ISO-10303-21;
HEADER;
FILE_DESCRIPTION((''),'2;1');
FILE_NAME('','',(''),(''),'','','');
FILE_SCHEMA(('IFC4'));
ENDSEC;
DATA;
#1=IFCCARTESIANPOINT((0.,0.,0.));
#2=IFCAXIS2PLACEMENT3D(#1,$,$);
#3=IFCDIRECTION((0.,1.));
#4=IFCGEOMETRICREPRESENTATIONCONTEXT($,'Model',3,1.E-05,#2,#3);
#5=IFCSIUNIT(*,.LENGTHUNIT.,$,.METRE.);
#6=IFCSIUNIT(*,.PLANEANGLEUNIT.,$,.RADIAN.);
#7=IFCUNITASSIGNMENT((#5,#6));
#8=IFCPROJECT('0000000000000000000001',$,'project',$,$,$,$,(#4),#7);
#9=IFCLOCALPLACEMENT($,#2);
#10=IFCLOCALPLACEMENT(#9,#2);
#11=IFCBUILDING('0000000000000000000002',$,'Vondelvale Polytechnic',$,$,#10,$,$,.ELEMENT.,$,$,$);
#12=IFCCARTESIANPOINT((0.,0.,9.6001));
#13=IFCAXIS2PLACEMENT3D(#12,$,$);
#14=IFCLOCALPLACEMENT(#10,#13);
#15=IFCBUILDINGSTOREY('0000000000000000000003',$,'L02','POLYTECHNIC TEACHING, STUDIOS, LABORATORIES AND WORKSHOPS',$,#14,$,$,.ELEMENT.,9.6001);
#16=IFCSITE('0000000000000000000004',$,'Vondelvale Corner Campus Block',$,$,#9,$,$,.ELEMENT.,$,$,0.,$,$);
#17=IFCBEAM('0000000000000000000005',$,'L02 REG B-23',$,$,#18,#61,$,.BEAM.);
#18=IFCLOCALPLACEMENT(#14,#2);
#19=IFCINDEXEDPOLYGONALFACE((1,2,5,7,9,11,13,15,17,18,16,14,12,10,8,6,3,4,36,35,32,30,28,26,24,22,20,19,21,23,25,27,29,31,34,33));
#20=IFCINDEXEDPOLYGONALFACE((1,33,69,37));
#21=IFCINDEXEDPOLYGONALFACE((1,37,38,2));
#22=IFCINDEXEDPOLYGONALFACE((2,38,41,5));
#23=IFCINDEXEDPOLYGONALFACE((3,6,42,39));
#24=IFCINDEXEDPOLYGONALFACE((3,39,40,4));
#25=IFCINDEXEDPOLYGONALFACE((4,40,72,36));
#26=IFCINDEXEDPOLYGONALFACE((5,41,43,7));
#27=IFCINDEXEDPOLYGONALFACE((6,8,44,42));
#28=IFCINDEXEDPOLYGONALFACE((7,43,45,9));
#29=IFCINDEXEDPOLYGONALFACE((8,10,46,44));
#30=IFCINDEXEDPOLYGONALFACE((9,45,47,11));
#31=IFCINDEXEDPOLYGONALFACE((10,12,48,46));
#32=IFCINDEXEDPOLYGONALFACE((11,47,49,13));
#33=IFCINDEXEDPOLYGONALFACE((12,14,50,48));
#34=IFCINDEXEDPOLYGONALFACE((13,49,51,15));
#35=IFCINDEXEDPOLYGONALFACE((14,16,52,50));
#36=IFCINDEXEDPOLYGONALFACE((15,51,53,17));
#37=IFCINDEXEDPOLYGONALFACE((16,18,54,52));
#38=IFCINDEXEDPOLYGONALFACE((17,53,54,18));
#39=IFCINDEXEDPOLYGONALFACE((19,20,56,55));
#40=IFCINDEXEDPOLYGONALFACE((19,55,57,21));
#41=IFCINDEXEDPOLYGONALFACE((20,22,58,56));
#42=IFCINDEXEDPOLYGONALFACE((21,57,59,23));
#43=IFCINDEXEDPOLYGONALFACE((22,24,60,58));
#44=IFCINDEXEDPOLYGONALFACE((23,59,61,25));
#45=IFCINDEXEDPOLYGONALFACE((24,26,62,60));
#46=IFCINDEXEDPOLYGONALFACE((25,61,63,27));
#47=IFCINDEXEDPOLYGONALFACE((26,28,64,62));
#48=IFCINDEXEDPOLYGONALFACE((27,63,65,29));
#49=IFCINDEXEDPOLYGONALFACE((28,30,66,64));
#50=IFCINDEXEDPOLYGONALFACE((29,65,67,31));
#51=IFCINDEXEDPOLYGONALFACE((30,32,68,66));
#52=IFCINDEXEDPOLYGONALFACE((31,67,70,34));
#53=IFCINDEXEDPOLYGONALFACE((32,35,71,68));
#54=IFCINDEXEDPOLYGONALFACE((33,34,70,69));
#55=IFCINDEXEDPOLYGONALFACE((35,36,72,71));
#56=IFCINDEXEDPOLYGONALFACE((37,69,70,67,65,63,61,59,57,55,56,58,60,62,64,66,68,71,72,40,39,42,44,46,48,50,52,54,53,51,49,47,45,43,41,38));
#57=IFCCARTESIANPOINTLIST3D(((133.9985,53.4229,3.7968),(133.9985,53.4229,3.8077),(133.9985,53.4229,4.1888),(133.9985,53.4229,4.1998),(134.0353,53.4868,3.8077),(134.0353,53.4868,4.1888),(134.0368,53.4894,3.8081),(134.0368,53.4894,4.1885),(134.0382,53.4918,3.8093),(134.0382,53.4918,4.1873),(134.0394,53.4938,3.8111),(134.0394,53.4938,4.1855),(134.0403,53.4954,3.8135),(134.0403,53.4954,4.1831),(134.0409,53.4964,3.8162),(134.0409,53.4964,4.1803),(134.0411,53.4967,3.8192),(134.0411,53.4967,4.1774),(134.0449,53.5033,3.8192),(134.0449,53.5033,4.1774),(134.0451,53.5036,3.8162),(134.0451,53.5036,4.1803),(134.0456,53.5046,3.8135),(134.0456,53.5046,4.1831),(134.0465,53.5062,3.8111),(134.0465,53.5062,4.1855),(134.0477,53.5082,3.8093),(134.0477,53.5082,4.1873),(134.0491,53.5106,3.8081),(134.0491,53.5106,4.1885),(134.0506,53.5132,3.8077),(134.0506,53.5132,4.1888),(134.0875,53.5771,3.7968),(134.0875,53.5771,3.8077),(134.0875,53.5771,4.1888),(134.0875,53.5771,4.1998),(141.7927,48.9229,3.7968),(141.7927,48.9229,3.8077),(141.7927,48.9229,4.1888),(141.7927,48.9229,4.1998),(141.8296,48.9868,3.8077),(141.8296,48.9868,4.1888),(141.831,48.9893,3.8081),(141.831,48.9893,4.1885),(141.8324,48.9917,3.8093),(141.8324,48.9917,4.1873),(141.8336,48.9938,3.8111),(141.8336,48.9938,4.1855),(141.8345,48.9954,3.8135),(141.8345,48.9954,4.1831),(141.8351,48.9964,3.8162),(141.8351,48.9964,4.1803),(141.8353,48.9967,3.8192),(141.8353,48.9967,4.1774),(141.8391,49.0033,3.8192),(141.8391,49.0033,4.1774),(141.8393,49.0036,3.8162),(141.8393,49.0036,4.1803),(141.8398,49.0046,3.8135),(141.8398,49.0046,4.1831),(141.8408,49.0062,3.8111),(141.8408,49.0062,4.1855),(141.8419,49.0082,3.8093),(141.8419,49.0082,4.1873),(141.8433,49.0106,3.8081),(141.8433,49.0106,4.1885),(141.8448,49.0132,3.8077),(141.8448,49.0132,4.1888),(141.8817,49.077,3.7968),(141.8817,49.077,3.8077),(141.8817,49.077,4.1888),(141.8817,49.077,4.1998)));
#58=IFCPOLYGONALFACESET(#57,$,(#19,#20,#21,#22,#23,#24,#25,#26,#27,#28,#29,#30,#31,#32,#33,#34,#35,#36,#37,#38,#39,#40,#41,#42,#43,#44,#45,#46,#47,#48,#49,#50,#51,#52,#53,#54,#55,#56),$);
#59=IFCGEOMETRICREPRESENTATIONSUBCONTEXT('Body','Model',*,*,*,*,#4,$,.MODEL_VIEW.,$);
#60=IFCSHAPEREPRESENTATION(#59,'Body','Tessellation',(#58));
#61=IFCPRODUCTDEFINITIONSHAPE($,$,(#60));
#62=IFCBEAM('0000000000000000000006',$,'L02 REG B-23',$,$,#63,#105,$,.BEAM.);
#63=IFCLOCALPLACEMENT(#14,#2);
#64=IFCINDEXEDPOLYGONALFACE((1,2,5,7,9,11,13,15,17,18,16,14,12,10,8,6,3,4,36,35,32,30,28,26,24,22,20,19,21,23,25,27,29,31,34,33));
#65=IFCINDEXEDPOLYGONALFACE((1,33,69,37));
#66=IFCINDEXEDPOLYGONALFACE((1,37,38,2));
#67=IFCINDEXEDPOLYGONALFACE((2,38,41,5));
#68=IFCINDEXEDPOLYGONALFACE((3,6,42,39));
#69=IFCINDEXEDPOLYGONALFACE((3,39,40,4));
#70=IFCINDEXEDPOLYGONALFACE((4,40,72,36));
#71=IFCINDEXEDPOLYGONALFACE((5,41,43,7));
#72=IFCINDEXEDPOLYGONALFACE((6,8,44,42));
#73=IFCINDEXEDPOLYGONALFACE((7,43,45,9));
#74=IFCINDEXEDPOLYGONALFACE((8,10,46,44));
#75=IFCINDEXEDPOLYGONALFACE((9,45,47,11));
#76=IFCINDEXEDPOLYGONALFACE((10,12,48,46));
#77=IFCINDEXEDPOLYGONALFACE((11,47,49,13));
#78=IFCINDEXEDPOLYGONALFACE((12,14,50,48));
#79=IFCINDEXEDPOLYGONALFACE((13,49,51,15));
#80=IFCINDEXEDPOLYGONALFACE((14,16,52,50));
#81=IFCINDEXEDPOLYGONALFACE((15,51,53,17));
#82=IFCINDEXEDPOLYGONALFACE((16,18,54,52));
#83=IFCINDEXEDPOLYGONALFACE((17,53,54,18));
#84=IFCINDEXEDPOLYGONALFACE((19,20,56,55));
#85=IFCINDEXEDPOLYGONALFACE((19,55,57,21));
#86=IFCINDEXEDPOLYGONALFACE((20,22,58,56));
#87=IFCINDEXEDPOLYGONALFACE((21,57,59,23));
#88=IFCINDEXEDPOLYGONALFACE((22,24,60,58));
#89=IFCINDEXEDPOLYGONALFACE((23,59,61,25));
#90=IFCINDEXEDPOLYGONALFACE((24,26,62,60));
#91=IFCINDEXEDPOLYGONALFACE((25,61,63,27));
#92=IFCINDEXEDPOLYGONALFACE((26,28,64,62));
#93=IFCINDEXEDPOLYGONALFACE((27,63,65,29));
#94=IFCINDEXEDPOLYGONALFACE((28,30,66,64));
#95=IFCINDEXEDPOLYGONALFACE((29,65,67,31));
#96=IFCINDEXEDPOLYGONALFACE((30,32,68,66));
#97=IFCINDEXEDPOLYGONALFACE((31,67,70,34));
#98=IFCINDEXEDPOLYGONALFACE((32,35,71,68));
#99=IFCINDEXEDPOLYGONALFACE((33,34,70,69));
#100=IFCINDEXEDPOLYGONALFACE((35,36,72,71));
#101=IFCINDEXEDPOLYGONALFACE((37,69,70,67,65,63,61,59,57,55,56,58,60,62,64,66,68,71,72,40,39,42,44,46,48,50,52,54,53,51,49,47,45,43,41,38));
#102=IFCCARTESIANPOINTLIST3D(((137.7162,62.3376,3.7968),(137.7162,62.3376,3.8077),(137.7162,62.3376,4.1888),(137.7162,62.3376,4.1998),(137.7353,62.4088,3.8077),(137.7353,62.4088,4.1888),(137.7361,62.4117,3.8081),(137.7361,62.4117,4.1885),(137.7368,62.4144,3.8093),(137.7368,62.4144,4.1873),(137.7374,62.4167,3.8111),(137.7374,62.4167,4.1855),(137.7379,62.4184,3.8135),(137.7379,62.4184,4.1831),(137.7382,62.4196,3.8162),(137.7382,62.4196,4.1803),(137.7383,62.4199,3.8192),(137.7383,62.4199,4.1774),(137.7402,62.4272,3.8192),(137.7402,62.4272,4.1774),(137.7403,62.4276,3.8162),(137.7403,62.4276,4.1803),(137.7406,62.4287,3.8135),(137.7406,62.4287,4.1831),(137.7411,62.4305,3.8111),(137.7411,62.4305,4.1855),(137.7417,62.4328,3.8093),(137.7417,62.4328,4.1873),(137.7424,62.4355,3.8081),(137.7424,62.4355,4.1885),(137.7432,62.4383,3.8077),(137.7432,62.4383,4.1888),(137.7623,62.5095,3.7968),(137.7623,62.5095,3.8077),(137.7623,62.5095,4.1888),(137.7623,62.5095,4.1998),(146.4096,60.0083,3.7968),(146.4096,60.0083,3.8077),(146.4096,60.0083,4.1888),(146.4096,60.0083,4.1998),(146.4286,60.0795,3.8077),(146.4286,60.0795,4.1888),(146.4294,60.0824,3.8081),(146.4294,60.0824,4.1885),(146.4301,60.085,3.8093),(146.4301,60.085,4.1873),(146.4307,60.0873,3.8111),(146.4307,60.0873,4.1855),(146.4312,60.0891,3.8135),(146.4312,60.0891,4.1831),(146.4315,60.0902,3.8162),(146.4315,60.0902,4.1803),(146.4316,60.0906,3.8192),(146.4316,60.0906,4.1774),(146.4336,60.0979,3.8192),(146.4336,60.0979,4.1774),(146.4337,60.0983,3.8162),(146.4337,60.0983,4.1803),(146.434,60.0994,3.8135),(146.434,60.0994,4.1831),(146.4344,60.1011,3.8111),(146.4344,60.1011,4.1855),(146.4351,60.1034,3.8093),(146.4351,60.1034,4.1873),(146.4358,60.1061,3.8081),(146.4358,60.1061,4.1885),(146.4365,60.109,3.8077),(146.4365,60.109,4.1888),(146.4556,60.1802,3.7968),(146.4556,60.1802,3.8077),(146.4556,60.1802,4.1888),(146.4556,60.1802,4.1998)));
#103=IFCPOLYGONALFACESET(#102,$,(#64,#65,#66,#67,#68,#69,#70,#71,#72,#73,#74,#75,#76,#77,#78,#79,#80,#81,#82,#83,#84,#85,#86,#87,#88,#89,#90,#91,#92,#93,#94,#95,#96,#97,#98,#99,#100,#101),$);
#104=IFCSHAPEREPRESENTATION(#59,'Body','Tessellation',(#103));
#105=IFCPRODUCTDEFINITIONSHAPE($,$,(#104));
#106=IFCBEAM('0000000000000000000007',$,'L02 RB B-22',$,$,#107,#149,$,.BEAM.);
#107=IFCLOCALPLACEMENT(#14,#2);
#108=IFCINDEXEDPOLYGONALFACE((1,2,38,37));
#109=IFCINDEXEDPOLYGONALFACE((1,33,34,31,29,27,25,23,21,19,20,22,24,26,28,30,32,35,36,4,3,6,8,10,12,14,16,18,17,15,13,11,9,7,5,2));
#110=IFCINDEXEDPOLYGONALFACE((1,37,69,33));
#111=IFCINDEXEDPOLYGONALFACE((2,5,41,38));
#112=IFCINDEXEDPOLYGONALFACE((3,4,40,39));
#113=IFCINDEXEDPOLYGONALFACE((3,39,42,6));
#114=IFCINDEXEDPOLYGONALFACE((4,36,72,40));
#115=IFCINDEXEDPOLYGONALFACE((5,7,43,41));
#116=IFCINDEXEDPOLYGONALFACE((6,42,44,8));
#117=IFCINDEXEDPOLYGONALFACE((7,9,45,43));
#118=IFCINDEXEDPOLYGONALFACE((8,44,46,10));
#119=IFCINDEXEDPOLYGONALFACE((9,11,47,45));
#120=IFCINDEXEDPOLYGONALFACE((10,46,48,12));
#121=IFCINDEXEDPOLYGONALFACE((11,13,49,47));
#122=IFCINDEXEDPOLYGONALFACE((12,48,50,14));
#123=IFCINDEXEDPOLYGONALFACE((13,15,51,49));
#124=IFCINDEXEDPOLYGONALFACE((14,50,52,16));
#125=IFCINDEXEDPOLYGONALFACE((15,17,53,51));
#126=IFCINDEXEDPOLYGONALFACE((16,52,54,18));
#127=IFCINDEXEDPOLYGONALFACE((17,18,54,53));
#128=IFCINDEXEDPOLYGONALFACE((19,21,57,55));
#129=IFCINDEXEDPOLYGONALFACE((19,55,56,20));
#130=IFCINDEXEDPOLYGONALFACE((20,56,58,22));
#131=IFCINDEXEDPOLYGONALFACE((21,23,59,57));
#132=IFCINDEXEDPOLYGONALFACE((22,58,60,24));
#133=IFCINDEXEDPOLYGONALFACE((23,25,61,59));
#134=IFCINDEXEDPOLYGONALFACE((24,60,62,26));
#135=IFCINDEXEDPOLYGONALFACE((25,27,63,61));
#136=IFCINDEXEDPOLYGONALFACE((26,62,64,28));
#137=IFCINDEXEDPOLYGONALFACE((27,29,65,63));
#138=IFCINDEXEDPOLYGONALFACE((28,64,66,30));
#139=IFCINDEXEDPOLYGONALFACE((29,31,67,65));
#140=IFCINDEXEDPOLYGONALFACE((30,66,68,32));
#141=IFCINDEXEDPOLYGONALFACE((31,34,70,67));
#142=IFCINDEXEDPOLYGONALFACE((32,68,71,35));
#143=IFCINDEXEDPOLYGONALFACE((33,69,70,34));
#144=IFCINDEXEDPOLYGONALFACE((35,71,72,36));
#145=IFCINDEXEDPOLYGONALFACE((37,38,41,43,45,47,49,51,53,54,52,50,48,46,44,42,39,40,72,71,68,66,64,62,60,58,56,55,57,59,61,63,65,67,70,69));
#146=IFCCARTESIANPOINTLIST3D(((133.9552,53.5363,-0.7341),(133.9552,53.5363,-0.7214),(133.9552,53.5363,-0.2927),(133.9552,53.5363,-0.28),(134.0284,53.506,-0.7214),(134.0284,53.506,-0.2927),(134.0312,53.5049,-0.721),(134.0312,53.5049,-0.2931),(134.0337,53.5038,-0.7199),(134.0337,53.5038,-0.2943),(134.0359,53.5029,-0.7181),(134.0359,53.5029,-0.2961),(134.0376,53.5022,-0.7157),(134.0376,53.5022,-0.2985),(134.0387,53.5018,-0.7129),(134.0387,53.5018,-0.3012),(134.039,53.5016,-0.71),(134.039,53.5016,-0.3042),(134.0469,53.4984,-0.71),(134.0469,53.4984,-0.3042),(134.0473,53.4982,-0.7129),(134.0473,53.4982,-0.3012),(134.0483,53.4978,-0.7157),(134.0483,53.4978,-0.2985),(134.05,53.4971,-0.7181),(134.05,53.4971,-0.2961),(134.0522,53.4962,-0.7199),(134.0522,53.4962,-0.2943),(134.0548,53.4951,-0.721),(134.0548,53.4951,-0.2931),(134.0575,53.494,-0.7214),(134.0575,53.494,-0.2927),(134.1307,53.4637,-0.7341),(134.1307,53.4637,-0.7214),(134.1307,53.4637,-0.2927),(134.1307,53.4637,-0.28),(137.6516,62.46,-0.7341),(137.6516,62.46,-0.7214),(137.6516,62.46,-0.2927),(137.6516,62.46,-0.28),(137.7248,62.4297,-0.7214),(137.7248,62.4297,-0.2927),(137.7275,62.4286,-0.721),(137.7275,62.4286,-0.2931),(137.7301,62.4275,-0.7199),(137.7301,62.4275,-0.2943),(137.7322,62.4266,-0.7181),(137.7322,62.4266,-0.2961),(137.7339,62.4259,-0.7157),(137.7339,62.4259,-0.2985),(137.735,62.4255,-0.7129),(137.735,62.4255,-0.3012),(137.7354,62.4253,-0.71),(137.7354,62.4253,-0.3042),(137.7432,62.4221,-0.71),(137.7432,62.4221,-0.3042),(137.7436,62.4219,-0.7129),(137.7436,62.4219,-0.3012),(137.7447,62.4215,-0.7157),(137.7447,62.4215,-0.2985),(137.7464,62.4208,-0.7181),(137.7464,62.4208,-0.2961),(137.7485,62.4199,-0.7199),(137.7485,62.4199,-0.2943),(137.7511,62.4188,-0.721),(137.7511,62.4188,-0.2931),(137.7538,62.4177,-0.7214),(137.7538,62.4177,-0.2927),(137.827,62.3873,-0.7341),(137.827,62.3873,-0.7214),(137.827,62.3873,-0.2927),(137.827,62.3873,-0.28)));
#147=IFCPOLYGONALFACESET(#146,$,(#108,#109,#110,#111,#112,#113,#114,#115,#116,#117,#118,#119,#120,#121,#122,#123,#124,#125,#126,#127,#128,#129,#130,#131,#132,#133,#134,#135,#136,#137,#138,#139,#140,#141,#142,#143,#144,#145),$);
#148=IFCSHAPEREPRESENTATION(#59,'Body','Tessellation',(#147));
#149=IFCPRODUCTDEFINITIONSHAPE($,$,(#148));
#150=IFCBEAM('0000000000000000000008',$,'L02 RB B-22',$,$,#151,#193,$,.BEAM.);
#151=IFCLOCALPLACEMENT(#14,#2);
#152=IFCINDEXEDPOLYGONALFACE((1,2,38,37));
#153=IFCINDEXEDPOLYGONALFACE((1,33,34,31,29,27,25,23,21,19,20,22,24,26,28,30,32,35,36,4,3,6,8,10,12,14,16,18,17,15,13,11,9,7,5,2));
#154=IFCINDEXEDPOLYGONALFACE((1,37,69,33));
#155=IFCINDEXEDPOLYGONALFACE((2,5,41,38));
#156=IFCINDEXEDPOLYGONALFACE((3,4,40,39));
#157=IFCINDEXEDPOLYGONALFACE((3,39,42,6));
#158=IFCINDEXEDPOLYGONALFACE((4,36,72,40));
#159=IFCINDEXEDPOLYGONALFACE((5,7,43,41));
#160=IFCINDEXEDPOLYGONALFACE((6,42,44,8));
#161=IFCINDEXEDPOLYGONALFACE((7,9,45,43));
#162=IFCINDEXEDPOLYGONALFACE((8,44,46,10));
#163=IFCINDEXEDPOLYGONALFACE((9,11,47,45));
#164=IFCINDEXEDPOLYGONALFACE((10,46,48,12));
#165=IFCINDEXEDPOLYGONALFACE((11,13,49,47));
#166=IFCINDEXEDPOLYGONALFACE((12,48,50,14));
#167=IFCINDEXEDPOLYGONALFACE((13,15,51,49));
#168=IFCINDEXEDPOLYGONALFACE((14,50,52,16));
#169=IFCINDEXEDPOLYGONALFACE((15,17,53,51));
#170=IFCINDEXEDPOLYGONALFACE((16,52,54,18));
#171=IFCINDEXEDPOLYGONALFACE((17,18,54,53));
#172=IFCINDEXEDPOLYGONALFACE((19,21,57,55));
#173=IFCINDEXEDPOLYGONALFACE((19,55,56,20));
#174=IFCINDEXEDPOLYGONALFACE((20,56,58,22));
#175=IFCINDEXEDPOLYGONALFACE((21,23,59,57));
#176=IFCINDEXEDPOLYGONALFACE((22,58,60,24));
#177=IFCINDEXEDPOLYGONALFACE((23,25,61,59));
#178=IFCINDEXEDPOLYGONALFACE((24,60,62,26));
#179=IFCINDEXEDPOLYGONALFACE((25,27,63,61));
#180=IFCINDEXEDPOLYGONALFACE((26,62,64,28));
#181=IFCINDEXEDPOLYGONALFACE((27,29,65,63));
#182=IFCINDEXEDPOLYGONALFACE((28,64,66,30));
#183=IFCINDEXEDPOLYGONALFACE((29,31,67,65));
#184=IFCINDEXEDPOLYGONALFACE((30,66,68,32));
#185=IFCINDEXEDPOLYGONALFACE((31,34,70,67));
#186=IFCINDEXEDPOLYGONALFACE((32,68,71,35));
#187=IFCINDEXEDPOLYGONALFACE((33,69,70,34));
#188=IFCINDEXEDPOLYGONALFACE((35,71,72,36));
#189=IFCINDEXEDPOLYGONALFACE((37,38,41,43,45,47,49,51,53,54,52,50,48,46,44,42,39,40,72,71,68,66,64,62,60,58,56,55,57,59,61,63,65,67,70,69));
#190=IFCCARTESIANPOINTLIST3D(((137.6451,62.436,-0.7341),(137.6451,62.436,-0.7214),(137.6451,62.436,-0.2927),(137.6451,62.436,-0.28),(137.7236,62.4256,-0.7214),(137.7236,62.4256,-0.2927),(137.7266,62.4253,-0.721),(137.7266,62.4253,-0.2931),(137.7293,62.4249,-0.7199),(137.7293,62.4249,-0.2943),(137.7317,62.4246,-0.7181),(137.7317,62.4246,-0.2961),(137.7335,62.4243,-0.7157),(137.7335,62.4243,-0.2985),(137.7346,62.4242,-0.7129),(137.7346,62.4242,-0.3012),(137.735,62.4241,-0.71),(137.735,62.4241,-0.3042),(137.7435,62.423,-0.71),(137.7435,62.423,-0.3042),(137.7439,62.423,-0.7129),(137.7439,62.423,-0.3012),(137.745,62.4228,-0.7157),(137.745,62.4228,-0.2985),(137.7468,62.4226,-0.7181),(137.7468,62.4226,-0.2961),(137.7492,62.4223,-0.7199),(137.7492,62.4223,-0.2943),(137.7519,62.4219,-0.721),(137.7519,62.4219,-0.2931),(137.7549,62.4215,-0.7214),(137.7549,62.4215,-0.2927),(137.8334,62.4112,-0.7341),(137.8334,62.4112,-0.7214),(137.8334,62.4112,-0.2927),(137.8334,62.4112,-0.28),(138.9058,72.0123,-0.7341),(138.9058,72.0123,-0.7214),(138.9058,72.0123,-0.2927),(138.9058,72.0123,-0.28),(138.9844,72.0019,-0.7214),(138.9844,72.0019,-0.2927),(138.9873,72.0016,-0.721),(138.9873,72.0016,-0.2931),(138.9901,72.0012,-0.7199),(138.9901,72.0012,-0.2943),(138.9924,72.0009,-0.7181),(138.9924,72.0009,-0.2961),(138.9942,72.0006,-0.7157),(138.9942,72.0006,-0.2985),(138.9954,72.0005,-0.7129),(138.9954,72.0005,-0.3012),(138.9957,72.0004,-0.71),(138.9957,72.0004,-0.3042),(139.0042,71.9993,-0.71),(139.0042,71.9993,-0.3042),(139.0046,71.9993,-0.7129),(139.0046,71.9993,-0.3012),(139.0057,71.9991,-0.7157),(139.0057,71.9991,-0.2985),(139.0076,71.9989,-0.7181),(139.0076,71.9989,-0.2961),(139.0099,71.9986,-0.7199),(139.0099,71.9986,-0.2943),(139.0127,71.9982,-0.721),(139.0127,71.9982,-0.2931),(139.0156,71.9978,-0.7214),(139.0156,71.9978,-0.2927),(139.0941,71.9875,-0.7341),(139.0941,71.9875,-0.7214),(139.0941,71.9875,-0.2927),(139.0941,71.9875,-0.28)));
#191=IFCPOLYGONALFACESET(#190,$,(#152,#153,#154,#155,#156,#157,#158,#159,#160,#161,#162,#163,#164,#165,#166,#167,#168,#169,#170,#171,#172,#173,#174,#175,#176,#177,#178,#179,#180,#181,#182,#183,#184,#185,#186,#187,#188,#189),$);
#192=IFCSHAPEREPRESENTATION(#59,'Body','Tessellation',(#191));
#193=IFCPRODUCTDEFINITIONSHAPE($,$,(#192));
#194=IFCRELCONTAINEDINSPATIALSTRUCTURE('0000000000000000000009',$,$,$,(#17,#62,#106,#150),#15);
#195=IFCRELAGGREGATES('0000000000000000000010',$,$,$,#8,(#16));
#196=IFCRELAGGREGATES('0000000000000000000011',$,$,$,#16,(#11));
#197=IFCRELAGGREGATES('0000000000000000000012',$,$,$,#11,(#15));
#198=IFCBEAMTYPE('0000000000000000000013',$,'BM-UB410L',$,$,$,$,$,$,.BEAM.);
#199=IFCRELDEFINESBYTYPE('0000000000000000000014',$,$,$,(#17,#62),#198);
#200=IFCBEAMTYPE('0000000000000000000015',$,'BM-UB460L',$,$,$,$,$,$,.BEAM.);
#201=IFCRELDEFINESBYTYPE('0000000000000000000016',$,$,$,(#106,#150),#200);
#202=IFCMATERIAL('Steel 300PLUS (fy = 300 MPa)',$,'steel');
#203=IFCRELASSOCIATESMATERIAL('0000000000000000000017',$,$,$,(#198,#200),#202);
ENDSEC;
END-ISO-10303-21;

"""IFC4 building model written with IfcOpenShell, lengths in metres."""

from ifc_helpers import new_model, si_unit, direction, frame, origin, origin_2d, place, context, subcontext, project, spatial, i_section, extrude, material, material_profile, profile_set, type_object, element, save


model = new_model("IFC4")

# Units and contexts
model_context = context("Model", 3, precision=1e-05, world=origin(), true_north=direction((0.0, 1.0)))
body_context = subcontext(model_context, "Body", "Model", "MODEL_VIEW")
ifc_project = project(units=[si_unit("LENGTHUNIT", "METRE"), si_unit("PLANEANGLEUNIT", "RADIAN")], contexts=[model_context])

# Site, building, storey
site_placement = place(None, origin())
site = spatial("IfcSite", under=ifc_project, at=site_placement, Name="Vondelvale Corner Campus Block", CompositionType="ELEMENT", RefElevation=0.0)
building_placement = place(site_placement, origin())
building = spatial("IfcBuilding", under=site, at=building_placement, Name="Vondelvale Polytechnic", CompositionType="ELEMENT")
storey_placement = place(building_placement, frame((0.0, 0.0, 9.6001)))
storey = spatial("IfcBuildingStorey", under=building, at=storey_placement, Name="L02", Description="POLYTECHNIC TEACHING, STUDIOS, LABORATORIES AND WORKSHOPS", CompositionType="ELEMENT", Elevation=9.6001)

# Shared definitions
ifc_material_1 = material(Name="Steel 300PLUS (fy = 300 MPa)", Category="steel")

# Beams
ifc_material_profile_1 = material_profile(ifc_material_1, i_section(OverallWidth=0.178, OverallDepth=0.4031, WebThickness=0.0076, FlangeThickness=0.011, FilletRadius=0.0115, at=origin_2d()), Name="410UB53.7")
ifc_profile_set_1 = profile_set([ifc_material_profile_1], Name="Steel 300PLUS (fy = 300 MPa)")
beam_type_1 = type_object("IfcBeamType", Name="BM-UB410L", PredefinedType="BEAM", material=ifc_profile_set_1)
for number, where, z_axis, x_axis, name in (
    (1, (134.043, 53.5, 3.9983), (0.866024, -0.500002, 0.0), (0.500002, 0.866024, 0.0), "L02 REG B-23"),
    (2, (137.7393, 62.4236, 3.9983), (0.965927, -0.258816, 0.0), (0.258816, 0.965927, 0.0), "L02 REG B-23"),
):
    element("IfcBeam", number, at=place(storey_placement, frame(where, z_axis=z_axis, x_axis=x_axis)), inside=storey, type_object=beam_type_1, Name=name, PredefinedType="BEAM", context=body_context, shape_type="SweptSolid", body=[
        extrude(i_section(OverallWidth=0.178, OverallDepth=0.4031, WebThickness=0.0076, FlangeThickness=0.011, FilletRadius=0.0115, at=origin_2d()), origin(), (0.0, 0.0, 1.0), 9.0),
    ])
ifc_material_profile_2 = material_profile(ifc_material_1, i_section(OverallWidth=0.1899, OverallDepth=0.4541, WebThickness=0.0085, FlangeThickness=0.0127, FilletRadius=0.0115, at=origin_2d()), Name="460UB67.1")
ifc_profile_set_2 = profile_set([ifc_material_profile_2], Name="Steel 300PLUS (fy = 300 MPa)")
beam_type_2 = type_object("IfcBeamType", Name="BM-UB460L", PredefinedType="BEAM", material=ifc_profile_set_2)
for number, where, z_axis, x_axis, name in (
    (3, (134.043, 53.5, -0.5071), (0.382685, 0.923879, 0.0), (-0.923879, 0.382685, 0.0), "L02 RB B-22"),
    (4, (137.7393, 62.4236, -0.5071), (0.130524, 0.991445, 0.0), (-0.991445, 0.130524, 0.0), "L02 RB B-22"),
):
    element("IfcBeam", number, at=place(storey_placement, frame(where, z_axis=z_axis, x_axis=x_axis)), inside=storey, type_object=beam_type_2, Name=name, PredefinedType="BEAM", context=body_context, shape_type="SweptSolid", body=[
        extrude(i_section(OverallWidth=0.1899, OverallDepth=0.4541, WebThickness=0.0085, FlangeThickness=0.0127, FilletRadius=0.0115, at=origin_2d()), origin(), (0.0, 0.0, 1.0), 9.6589),
    ])

save(model, "model.ifc")
